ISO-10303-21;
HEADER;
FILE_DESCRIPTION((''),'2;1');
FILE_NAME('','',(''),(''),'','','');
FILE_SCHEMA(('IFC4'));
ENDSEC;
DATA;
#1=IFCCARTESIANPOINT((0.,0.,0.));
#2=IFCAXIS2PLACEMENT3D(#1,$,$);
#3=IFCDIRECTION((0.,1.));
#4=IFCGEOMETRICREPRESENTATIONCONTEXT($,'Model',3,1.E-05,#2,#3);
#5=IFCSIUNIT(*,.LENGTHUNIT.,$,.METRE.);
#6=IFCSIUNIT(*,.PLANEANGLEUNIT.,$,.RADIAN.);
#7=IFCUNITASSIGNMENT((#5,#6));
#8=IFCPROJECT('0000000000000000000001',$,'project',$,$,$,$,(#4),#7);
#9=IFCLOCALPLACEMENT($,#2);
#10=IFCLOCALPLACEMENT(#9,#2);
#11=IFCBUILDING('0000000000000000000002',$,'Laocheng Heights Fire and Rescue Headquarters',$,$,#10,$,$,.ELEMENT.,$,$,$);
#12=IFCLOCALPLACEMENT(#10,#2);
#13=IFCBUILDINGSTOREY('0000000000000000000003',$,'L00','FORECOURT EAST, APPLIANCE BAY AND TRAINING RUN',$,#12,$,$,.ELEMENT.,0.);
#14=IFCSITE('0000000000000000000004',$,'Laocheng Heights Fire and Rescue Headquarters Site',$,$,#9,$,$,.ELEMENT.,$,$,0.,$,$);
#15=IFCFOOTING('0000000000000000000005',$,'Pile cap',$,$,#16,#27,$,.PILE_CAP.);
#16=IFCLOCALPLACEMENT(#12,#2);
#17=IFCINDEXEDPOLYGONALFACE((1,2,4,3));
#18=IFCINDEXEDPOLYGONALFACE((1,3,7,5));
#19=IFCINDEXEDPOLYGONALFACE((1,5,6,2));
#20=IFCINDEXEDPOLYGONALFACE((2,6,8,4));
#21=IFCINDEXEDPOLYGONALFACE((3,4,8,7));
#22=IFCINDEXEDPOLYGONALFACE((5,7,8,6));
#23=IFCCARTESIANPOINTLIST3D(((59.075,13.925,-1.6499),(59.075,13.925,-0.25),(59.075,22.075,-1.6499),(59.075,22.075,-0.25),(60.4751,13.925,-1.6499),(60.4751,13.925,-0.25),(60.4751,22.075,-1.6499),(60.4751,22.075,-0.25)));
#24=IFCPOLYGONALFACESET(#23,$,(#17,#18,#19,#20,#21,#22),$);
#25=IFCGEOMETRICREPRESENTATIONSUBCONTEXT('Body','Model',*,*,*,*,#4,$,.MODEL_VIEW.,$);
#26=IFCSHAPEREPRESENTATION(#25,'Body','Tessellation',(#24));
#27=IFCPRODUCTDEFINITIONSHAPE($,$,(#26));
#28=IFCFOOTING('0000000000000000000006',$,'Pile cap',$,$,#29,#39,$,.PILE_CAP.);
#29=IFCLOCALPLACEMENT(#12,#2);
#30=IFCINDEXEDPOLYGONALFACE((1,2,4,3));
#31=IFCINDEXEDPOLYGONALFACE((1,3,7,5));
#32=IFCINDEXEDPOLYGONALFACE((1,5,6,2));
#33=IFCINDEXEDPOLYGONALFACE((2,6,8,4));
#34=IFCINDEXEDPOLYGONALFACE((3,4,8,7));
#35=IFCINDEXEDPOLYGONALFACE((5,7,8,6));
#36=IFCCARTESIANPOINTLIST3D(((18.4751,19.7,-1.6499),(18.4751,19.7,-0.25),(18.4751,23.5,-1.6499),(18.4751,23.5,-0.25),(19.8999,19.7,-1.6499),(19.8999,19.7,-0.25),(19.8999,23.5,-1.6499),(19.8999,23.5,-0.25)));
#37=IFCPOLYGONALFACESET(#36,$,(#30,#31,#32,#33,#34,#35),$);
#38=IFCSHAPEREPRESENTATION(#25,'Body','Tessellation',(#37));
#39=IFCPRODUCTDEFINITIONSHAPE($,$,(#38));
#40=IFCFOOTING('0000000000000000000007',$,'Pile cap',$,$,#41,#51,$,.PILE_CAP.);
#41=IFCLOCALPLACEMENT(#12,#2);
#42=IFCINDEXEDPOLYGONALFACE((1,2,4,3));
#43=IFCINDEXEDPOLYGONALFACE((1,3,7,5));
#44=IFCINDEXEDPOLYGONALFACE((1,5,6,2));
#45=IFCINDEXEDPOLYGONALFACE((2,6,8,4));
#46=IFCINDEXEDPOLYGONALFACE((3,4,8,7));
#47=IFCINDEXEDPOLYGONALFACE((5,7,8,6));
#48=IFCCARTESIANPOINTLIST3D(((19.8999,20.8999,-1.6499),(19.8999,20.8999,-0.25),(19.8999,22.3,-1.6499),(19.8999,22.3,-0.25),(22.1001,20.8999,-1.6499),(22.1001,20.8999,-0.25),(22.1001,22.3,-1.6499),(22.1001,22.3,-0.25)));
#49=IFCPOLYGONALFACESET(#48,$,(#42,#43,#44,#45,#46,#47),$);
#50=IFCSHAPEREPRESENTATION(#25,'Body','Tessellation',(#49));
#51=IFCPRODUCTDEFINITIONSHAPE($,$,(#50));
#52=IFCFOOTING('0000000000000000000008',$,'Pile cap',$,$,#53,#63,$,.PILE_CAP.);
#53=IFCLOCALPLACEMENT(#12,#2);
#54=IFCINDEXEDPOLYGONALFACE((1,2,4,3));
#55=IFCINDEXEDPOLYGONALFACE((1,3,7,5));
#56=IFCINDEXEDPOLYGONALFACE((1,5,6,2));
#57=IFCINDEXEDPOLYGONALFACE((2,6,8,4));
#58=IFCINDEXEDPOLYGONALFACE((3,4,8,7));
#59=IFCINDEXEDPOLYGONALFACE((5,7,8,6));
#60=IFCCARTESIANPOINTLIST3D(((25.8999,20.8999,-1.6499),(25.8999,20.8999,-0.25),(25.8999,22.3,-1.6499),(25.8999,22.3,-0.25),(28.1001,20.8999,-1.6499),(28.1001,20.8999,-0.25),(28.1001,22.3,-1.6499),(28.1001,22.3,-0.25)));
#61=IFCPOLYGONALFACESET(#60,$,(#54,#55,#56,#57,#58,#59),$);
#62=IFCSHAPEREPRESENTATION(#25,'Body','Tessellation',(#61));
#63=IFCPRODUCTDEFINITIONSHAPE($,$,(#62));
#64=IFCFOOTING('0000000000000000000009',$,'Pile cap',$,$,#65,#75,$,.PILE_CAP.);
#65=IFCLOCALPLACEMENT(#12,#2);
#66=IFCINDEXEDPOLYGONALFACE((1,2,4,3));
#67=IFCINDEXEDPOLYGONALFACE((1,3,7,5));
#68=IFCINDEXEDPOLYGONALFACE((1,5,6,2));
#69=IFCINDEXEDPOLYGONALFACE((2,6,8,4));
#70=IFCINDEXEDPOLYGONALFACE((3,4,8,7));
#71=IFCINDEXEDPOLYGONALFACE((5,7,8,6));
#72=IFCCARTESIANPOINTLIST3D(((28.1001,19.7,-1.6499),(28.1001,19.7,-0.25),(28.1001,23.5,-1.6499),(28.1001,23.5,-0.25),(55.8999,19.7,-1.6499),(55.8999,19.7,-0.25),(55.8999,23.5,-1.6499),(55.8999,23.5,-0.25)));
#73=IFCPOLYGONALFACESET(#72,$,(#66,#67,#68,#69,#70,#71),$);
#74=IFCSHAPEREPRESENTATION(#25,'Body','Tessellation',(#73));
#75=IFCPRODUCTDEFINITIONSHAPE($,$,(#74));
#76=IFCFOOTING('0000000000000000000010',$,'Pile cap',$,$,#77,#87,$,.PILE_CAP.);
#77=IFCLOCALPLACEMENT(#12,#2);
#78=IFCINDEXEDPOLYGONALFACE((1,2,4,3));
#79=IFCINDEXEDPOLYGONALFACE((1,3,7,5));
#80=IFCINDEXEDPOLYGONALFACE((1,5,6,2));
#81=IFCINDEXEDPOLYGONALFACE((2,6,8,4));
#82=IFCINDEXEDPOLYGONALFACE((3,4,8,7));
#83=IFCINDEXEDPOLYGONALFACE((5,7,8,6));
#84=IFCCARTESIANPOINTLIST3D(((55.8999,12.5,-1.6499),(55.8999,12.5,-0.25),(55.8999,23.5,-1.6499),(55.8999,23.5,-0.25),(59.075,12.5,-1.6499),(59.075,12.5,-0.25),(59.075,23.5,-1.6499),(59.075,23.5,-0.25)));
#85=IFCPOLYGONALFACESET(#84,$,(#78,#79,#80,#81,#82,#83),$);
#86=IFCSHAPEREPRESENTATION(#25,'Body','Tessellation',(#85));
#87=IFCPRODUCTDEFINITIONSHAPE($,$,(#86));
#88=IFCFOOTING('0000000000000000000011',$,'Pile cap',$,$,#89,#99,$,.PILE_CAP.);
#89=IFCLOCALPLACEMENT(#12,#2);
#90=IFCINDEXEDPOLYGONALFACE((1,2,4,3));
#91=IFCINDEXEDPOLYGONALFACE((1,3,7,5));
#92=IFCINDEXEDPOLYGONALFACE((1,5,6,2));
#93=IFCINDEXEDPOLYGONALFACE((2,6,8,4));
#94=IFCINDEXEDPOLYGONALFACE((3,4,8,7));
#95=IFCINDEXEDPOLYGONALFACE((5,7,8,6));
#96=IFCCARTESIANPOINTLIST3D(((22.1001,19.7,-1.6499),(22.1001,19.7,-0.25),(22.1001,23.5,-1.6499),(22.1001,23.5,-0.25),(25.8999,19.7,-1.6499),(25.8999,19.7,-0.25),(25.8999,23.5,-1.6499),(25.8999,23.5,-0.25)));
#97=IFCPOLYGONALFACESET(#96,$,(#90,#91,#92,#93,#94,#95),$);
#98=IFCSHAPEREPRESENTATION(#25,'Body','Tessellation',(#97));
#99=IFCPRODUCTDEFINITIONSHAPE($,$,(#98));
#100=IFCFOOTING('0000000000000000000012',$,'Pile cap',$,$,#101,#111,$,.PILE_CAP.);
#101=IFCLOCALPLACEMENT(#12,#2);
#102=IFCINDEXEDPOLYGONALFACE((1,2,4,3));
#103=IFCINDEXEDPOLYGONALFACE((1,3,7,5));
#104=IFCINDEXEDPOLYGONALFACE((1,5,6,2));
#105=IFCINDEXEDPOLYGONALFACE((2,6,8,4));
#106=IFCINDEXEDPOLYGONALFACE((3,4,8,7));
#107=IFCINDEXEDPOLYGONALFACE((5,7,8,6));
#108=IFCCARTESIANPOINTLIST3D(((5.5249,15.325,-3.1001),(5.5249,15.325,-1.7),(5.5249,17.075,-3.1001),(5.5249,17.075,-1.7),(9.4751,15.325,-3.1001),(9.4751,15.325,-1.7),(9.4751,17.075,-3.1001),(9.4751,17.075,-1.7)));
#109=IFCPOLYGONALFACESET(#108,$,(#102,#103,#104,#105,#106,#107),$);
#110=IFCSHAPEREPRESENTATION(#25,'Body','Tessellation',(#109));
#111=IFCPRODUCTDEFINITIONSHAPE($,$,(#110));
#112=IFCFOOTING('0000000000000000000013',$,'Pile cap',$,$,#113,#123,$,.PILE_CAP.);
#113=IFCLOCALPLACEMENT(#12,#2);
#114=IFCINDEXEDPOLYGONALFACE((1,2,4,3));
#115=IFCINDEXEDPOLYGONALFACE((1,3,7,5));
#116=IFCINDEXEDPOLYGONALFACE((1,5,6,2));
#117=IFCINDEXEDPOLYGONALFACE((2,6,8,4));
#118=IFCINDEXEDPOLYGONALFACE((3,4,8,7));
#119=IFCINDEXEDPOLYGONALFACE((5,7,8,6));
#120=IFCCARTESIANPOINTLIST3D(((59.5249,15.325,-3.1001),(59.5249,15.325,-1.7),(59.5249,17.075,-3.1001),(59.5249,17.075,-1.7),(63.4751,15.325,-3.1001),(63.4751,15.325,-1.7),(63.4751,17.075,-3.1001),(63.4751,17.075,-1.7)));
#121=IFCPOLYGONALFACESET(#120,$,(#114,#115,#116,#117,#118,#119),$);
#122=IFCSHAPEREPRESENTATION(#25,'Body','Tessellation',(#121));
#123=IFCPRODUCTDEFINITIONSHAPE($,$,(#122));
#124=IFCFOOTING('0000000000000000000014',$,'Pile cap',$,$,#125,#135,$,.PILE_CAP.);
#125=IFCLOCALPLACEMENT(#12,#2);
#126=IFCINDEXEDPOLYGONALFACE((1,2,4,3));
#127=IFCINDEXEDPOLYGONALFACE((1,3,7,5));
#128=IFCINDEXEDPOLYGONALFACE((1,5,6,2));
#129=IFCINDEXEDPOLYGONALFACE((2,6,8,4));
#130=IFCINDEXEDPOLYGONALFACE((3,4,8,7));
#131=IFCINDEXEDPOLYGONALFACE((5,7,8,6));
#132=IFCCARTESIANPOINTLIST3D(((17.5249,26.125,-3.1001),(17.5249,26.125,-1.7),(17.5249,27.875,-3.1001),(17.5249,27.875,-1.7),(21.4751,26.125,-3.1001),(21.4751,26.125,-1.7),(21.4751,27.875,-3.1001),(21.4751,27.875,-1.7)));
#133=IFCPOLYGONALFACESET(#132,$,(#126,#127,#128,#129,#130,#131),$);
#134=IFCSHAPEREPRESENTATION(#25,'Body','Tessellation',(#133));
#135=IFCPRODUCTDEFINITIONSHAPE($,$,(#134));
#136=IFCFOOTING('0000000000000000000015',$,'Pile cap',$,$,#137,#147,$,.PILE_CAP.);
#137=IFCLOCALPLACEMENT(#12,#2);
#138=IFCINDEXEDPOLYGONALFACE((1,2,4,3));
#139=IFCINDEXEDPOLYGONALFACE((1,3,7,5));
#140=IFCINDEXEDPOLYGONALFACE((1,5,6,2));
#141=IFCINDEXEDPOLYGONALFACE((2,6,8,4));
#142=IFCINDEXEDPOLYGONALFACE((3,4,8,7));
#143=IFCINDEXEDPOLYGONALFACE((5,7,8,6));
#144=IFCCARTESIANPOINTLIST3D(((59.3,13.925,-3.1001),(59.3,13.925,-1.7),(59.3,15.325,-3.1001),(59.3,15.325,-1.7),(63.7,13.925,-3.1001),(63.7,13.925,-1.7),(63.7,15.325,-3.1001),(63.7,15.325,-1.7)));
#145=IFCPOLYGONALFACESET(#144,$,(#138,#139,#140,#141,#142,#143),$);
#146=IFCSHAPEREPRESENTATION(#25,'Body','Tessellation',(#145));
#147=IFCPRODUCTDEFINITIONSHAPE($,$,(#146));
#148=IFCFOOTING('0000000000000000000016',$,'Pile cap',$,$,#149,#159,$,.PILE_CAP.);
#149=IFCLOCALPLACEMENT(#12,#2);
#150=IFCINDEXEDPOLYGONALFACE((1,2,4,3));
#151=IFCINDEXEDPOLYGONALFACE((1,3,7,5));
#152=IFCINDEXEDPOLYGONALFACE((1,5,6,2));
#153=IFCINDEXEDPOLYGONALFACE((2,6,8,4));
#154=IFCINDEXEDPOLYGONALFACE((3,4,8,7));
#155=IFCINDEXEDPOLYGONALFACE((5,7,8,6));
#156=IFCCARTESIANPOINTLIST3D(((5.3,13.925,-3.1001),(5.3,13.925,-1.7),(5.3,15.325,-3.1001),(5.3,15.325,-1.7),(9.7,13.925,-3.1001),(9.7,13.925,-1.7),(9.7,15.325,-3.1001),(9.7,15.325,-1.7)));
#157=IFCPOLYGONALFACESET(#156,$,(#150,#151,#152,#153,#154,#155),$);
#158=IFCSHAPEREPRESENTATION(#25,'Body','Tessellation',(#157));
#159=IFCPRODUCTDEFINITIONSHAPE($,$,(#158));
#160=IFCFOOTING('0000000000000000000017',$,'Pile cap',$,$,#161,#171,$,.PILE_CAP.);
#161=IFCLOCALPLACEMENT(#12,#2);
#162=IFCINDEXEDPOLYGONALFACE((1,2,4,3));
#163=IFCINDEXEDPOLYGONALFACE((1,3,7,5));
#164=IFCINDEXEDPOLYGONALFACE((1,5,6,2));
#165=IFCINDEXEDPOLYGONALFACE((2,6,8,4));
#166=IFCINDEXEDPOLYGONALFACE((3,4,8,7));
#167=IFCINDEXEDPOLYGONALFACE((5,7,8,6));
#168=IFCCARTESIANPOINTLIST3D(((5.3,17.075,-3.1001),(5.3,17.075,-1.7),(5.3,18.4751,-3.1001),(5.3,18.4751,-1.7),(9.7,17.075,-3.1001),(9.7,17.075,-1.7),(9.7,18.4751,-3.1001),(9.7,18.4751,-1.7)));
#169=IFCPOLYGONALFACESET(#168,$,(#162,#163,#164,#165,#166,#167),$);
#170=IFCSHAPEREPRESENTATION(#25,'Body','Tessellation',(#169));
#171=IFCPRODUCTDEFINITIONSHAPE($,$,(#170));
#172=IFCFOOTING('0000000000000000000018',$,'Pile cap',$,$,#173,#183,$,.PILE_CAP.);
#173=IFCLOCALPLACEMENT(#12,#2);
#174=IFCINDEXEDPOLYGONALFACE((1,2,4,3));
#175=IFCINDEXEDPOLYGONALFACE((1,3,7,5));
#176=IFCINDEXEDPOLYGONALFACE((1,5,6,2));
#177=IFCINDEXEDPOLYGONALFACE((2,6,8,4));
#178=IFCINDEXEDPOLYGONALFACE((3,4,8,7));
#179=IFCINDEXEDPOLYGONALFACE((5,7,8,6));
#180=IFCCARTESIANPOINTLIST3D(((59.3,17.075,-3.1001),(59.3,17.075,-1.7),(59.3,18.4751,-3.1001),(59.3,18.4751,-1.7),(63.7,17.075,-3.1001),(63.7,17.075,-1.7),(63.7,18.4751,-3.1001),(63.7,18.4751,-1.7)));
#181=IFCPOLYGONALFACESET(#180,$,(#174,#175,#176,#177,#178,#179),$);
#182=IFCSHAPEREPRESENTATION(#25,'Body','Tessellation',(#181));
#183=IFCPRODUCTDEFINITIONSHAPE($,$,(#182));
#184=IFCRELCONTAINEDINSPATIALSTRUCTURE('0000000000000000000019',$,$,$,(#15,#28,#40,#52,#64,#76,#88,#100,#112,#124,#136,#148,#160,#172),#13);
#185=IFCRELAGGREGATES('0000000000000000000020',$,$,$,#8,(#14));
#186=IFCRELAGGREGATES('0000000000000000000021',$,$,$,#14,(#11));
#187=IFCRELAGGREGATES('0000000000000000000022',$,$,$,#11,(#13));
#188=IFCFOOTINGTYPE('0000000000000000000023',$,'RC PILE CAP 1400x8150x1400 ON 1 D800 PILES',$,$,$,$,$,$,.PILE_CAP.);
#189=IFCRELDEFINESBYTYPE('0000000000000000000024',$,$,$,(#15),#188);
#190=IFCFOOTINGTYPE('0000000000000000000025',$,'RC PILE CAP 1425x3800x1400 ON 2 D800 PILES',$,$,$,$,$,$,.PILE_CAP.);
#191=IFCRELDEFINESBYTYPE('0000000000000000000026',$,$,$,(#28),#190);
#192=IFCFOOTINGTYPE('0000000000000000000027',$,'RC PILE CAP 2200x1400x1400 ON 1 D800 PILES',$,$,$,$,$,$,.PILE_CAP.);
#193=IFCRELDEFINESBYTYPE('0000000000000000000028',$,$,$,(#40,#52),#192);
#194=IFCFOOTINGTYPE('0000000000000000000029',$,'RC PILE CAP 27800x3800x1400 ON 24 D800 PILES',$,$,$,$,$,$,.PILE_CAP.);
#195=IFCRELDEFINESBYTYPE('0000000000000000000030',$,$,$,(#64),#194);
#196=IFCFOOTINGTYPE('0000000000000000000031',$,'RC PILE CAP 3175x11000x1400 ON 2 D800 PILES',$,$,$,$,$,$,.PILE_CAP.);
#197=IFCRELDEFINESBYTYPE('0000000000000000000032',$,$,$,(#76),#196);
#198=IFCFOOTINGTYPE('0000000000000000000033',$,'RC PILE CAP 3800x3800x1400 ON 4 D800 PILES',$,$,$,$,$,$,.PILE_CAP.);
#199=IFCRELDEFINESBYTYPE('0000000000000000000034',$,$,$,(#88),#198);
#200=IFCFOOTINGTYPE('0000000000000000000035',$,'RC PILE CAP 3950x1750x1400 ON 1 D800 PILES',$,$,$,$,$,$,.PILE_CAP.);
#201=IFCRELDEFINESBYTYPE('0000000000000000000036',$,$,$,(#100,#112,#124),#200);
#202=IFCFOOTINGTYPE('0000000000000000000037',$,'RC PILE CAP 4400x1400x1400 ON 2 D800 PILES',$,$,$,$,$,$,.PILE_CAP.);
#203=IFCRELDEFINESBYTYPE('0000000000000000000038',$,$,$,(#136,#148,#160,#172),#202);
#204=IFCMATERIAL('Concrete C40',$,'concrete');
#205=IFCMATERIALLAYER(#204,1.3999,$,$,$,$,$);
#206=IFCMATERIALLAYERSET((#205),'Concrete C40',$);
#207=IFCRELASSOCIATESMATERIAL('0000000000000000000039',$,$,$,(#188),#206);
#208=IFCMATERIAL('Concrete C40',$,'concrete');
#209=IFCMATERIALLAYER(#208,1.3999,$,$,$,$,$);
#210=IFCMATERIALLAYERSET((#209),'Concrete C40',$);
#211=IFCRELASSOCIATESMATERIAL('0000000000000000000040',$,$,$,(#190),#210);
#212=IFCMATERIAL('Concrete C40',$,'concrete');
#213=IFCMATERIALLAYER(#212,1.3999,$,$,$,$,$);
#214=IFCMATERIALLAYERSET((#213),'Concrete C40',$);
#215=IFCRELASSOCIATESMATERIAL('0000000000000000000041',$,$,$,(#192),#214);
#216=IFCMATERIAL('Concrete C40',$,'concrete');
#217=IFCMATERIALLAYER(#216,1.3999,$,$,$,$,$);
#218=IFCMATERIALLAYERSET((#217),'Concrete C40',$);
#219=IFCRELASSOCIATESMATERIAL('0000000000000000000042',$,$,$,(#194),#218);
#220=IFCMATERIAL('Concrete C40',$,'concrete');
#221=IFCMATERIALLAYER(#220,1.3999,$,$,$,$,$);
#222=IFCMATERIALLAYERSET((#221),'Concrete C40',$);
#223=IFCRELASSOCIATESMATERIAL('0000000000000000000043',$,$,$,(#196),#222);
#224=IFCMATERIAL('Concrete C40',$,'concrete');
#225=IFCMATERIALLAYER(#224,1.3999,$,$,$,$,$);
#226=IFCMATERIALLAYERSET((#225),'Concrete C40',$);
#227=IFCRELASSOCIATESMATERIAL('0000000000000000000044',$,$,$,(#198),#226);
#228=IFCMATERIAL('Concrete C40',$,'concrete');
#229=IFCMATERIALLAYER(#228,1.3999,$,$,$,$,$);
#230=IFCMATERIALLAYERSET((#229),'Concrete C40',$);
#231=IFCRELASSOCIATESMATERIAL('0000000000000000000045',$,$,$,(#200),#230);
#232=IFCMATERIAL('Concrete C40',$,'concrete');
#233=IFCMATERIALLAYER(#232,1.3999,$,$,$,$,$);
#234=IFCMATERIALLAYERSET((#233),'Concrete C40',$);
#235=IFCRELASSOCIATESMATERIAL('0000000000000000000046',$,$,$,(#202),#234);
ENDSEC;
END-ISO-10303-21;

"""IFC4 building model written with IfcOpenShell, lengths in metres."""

from ifc_helpers import new_model, si_unit, direction, frame, origin, place, context, subcontext, project, spatial, polyline, outline, extrude, material, layer, layer_set, type_object, element, save


model = new_model("IFC4")

# Units and contexts
model_context = context("Model", 3, precision=1e-05, world=origin(), true_north=direction((0.0, 1.0)))
body_context = subcontext(model_context, "Body", "Model", "MODEL_VIEW")
ifc_project = project(units=[si_unit("LENGTHUNIT", "METRE"), si_unit("PLANEANGLEUNIT", "RADIAN")], contexts=[model_context])

# Site, building, storey
site_placement = place(None, origin())
site = spatial("IfcSite", under=ifc_project, at=site_placement, Name="Laocheng Heights Fire and Rescue Headquarters Site", CompositionType="ELEMENT", RefElevation=0.0)
building_placement = place(site_placement, origin())
building = spatial("IfcBuilding", under=site, at=building_placement, Name="Laocheng Heights Fire and Rescue Headquarters", CompositionType="ELEMENT")
storey_placement = place(building_placement, origin())
storey = spatial("IfcBuildingStorey", under=building, at=storey_placement, Name="L00", Description="FORECOURT EAST, APPLIANCE BAY AND TRAINING RUN", CompositionType="ELEMENT", Elevation=0.0)

# Footings
ifc_material_1 = material(Name="Concrete C40", Category="concrete")
ifc_layer_1 = layer(ifc_material_1, 1.3999)
ifc_layer_set_1 = layer_set([ifc_layer_1], Name="Concrete C40")
footing_type_1 = type_object("IfcFootingType", Name="RC PILE CAP 1400x8150x1400 ON 1 D800 PILES", PredefinedType="PILE_CAP", material=ifc_layer_set_1)
footing_1_placement = place(storey_placement, frame((0.0, 0.0, -1.6499)))
element("IfcFooting", 1, at=footing_1_placement, inside=storey, type_object=footing_type_1, Name="Pile cap", PredefinedType="PILE_CAP", context=body_context, shape_type="SweptSolid", body=[
    extrude(outline(polyline([(60.4751, 13.925), (60.4751, 22.075), (59.075, 22.075), (59.075, 13.925), (60.4751, 13.925)])), origin(), (0.0, 0.0, 1.0), 1.3999),
])
ifc_material_2 = material(Name="Concrete C40", Category="concrete")
ifc_layer_2 = layer(ifc_material_2, 1.3999)
ifc_layer_set_2 = layer_set([ifc_layer_2], Name="Concrete C40")
footing_type_2 = type_object("IfcFootingType", Name="RC PILE CAP 1425x3800x1400 ON 2 D800 PILES", PredefinedType="PILE_CAP", material=ifc_layer_set_2)
footing_2_placement = place(storey_placement, frame((0.0, 0.0, -1.6499)))
element("IfcFooting", 2, at=footing_2_placement, inside=storey, type_object=footing_type_2, Name="Pile cap", PredefinedType="PILE_CAP", context=body_context, shape_type="SweptSolid", body=[
    extrude(outline(polyline([(19.8999, 19.7), (19.8999, 23.5), (18.4751, 23.5), (18.4751, 19.7), (19.8999, 19.7)])), origin(), (0.0, 0.0, 1.0), 1.3999),
])
ifc_material_3 = material(Name="Concrete C40", Category="concrete")
ifc_layer_3 = layer(ifc_material_3, 1.3999)
ifc_layer_set_3 = layer_set([ifc_layer_3], Name="Concrete C40")
footing_type_3 = type_object("IfcFootingType", Name="RC PILE CAP 2200x1400x1400 ON 1 D800 PILES", PredefinedType="PILE_CAP", material=ifc_layer_set_3)
footing_3_placement = place(storey_placement, frame((0.0, 0.0, -1.6499)))
element("IfcFooting", 3, at=footing_3_placement, inside=storey, type_object=footing_type_3, Name="Pile cap", PredefinedType="PILE_CAP", context=body_context, shape_type="SweptSolid", body=[
    extrude(outline(polyline([(22.1001, 20.8999), (22.1001, 22.3), (19.8999, 22.3), (19.8999, 20.8999), (22.1001, 20.8999)])), origin(), (0.0, 0.0, 1.0), 1.3999),
])
footing_4_placement = place(storey_placement, frame((0.0, 0.0, -1.6499)))
element("IfcFooting", 4, at=footing_4_placement, inside=storey, type_object=footing_type_3, Name="Pile cap", PredefinedType="PILE_CAP", context=body_context, shape_type="SweptSolid", body=[
    extrude(outline(polyline([(28.1001, 20.8999), (28.1001, 22.3), (25.8999, 22.3), (25.8999, 20.8999), (28.1001, 20.8999)])), origin(), (0.0, 0.0, 1.0), 1.3999),
])
ifc_material_4 = material(Name="Concrete C40", Category="concrete")
ifc_layer_4 = layer(ifc_material_4, 1.3999)
ifc_layer_set_4 = layer_set([ifc_layer_4], Name="Concrete C40")
footing_type_4 = type_object("IfcFootingType", Name="RC PILE CAP 27800x3800x1400 ON 24 D800 PILES", PredefinedType="PILE_CAP", material=ifc_layer_set_4)
footing_5_placement = place(storey_placement, frame((0.0, 0.0, -1.6499)))
element("IfcFooting", 5, at=footing_5_placement, inside=storey, type_object=footing_type_4, Name="Pile cap", PredefinedType="PILE_CAP", context=body_context, shape_type="SweptSolid", body=[
    extrude(outline(polyline([(55.8999, 19.7), (55.8999, 23.5), (28.1001, 23.5), (28.1001, 19.7), (55.8999, 19.7)])), origin(), (0.0, 0.0, 1.0), 1.3999),
])
ifc_material_5 = material(Name="Concrete C40", Category="concrete")
ifc_layer_5 = layer(ifc_material_5, 1.3999)
ifc_layer_set_5 = layer_set([ifc_layer_5], Name="Concrete C40")
footing_type_5 = type_object("IfcFootingType", Name="RC PILE CAP 3175x11000x1400 ON 2 D800 PILES", PredefinedType="PILE_CAP", material=ifc_layer_set_5)
footing_6_placement = place(storey_placement, frame((0.0, 0.0, -1.6499)))
element("IfcFooting", 6, at=footing_6_placement, inside=storey, type_object=footing_type_5, Name="Pile cap", PredefinedType="PILE_CAP", context=body_context, shape_type="SweptSolid", body=[
    extrude(outline(polyline([(59.075, 12.5), (59.075, 23.5), (55.8999, 23.5), (55.8999, 12.5), (59.075, 12.5)])), origin(), (0.0, 0.0, 1.0), 1.3999),
])
ifc_material_6 = material(Name="Concrete C40", Category="concrete")
ifc_layer_6 = layer(ifc_material_6, 1.3999)
ifc_layer_set_6 = layer_set([ifc_layer_6], Name="Concrete C40")
footing_type_6 = type_object("IfcFootingType", Name="RC PILE CAP 3800x3800x1400 ON 4 D800 PILES", PredefinedType="PILE_CAP", material=ifc_layer_set_6)
footing_7_placement = place(storey_placement, frame((0.0, 0.0, -1.6499)))
element("IfcFooting", 7, at=footing_7_placement, inside=storey, type_object=footing_type_6, Name="Pile cap", PredefinedType="PILE_CAP", context=body_context, shape_type="SweptSolid", body=[
    extrude(outline(polyline([(25.8999, 19.7), (25.8999, 23.5), (22.1001, 23.5), (22.1001, 19.7), (25.8999, 19.7)])), origin(), (0.0, 0.0, 1.0), 1.3999),
])
ifc_material_7 = material(Name="Concrete C40", Category="concrete")
ifc_layer_7 = layer(ifc_material_7, 1.3999)
ifc_layer_set_7 = layer_set([ifc_layer_7], Name="Concrete C40")
footing_type_7 = type_object("IfcFootingType", Name="RC PILE CAP 3950x1750x1400 ON 1 D800 PILES", PredefinedType="PILE_CAP", material=ifc_layer_set_7)
footing_8_placement = place(storey_placement, frame((0.0, 0.0, -3.1001)))
element("IfcFooting", 8, at=footing_8_placement, inside=storey, type_object=footing_type_7, Name="Pile cap", PredefinedType="PILE_CAP", context=body_context, shape_type="SweptSolid", body=[
    extrude(outline(polyline([(9.4751, 15.325), (9.4751, 17.075), (5.5249, 17.075), (5.5249, 15.325), (9.4751, 15.325)])), origin(), (0.0, 0.0, 1.0), 1.4001),
])
footing_9_placement = place(storey_placement, frame((0.0, 0.0, -3.1001)))
element("IfcFooting", 9, at=footing_9_placement, inside=storey, type_object=footing_type_7, Name="Pile cap", PredefinedType="PILE_CAP", context=body_context, shape_type="SweptSolid", body=[
    extrude(outline(polyline([(63.4751, 15.325), (63.4751, 17.075), (59.5249, 17.075), (59.5249, 15.325), (63.4751, 15.325)])), origin(), (0.0, 0.0, 1.0), 1.4001),
])
footing_10_placement = place(storey_placement, frame((0.0, 0.0, -3.1001)))
element("IfcFooting", 10, at=footing_10_placement, inside=storey, type_object=footing_type_7, Name="Pile cap", PredefinedType="PILE_CAP", context=body_context, shape_type="SweptSolid", body=[
    extrude(outline(polyline([(21.4751, 26.125), (21.4751, 27.875), (17.5249, 27.875), (17.5249, 26.125), (21.4751, 26.125)])), origin(), (0.0, 0.0, 1.0), 1.4001),
])
ifc_material_8 = material(Name="Concrete C40", Category="concrete")
ifc_layer_8 = layer(ifc_material_8, 1.3999)
ifc_layer_set_8 = layer_set([ifc_layer_8], Name="Concrete C40")
footing_type_8 = type_object("IfcFootingType", Name="RC PILE CAP 4400x1400x1400 ON 2 D800 PILES", PredefinedType="PILE_CAP", material=ifc_layer_set_8)
footing_11_placement = place(storey_placement, frame((0.0, 0.0, -3.1001)))
element("IfcFooting", 11, at=footing_11_placement, inside=storey, type_object=footing_type_8, Name="Pile cap", PredefinedType="PILE_CAP", context=body_context, shape_type="SweptSolid", body=[
    extrude(outline(polyline([(63.7, 13.925), (63.7, 15.325), (59.3, 15.325), (59.3, 13.925), (63.7, 13.925)])), origin(), (0.0, 0.0, 1.0), 1.4001),
])
footing_12_placement = place(storey_placement, frame((0.0, 0.0, -3.1001)))
element("IfcFooting", 12, at=footing_12_placement, inside=storey, type_object=footing_type_8, Name="Pile cap", PredefinedType="PILE_CAP", context=body_context, shape_type="SweptSolid", body=[
    extrude(outline(polyline([(9.7, 13.925), (9.7, 15.325), (5.3, 15.325), (5.3, 13.925), (9.7, 13.925)])), origin(), (0.0, 0.0, 1.0), 1.4001),
])
footing_13_placement = place(storey_placement, frame((0.0, 0.0, -3.1001)))
element("IfcFooting", 13, at=footing_13_placement, inside=storey, type_object=footing_type_8, Name="Pile cap", PredefinedType="PILE_CAP", context=body_context, shape_type="SweptSolid", body=[
    extrude(outline(polyline([(9.7, 17.075), (9.7, 18.4751), (5.3, 18.4751), (5.3, 17.075), (9.7, 17.075)])), origin(), (0.0, 0.0, 1.0), 1.4001),
])
footing_14_placement = place(storey_placement, frame((0.0, 0.0, -3.1001)))
element("IfcFooting", 14, at=footing_14_placement, inside=storey, type_object=footing_type_8, Name="Pile cap", PredefinedType="PILE_CAP", context=body_context, shape_type="SweptSolid", body=[
    extrude(outline(polyline([(63.7, 17.075), (63.7, 18.4751), (59.3, 18.4751), (59.3, 17.075), (63.7, 17.075)])), origin(), (0.0, 0.0, 1.0), 1.4001),
])

save(model, "model.ifc")
